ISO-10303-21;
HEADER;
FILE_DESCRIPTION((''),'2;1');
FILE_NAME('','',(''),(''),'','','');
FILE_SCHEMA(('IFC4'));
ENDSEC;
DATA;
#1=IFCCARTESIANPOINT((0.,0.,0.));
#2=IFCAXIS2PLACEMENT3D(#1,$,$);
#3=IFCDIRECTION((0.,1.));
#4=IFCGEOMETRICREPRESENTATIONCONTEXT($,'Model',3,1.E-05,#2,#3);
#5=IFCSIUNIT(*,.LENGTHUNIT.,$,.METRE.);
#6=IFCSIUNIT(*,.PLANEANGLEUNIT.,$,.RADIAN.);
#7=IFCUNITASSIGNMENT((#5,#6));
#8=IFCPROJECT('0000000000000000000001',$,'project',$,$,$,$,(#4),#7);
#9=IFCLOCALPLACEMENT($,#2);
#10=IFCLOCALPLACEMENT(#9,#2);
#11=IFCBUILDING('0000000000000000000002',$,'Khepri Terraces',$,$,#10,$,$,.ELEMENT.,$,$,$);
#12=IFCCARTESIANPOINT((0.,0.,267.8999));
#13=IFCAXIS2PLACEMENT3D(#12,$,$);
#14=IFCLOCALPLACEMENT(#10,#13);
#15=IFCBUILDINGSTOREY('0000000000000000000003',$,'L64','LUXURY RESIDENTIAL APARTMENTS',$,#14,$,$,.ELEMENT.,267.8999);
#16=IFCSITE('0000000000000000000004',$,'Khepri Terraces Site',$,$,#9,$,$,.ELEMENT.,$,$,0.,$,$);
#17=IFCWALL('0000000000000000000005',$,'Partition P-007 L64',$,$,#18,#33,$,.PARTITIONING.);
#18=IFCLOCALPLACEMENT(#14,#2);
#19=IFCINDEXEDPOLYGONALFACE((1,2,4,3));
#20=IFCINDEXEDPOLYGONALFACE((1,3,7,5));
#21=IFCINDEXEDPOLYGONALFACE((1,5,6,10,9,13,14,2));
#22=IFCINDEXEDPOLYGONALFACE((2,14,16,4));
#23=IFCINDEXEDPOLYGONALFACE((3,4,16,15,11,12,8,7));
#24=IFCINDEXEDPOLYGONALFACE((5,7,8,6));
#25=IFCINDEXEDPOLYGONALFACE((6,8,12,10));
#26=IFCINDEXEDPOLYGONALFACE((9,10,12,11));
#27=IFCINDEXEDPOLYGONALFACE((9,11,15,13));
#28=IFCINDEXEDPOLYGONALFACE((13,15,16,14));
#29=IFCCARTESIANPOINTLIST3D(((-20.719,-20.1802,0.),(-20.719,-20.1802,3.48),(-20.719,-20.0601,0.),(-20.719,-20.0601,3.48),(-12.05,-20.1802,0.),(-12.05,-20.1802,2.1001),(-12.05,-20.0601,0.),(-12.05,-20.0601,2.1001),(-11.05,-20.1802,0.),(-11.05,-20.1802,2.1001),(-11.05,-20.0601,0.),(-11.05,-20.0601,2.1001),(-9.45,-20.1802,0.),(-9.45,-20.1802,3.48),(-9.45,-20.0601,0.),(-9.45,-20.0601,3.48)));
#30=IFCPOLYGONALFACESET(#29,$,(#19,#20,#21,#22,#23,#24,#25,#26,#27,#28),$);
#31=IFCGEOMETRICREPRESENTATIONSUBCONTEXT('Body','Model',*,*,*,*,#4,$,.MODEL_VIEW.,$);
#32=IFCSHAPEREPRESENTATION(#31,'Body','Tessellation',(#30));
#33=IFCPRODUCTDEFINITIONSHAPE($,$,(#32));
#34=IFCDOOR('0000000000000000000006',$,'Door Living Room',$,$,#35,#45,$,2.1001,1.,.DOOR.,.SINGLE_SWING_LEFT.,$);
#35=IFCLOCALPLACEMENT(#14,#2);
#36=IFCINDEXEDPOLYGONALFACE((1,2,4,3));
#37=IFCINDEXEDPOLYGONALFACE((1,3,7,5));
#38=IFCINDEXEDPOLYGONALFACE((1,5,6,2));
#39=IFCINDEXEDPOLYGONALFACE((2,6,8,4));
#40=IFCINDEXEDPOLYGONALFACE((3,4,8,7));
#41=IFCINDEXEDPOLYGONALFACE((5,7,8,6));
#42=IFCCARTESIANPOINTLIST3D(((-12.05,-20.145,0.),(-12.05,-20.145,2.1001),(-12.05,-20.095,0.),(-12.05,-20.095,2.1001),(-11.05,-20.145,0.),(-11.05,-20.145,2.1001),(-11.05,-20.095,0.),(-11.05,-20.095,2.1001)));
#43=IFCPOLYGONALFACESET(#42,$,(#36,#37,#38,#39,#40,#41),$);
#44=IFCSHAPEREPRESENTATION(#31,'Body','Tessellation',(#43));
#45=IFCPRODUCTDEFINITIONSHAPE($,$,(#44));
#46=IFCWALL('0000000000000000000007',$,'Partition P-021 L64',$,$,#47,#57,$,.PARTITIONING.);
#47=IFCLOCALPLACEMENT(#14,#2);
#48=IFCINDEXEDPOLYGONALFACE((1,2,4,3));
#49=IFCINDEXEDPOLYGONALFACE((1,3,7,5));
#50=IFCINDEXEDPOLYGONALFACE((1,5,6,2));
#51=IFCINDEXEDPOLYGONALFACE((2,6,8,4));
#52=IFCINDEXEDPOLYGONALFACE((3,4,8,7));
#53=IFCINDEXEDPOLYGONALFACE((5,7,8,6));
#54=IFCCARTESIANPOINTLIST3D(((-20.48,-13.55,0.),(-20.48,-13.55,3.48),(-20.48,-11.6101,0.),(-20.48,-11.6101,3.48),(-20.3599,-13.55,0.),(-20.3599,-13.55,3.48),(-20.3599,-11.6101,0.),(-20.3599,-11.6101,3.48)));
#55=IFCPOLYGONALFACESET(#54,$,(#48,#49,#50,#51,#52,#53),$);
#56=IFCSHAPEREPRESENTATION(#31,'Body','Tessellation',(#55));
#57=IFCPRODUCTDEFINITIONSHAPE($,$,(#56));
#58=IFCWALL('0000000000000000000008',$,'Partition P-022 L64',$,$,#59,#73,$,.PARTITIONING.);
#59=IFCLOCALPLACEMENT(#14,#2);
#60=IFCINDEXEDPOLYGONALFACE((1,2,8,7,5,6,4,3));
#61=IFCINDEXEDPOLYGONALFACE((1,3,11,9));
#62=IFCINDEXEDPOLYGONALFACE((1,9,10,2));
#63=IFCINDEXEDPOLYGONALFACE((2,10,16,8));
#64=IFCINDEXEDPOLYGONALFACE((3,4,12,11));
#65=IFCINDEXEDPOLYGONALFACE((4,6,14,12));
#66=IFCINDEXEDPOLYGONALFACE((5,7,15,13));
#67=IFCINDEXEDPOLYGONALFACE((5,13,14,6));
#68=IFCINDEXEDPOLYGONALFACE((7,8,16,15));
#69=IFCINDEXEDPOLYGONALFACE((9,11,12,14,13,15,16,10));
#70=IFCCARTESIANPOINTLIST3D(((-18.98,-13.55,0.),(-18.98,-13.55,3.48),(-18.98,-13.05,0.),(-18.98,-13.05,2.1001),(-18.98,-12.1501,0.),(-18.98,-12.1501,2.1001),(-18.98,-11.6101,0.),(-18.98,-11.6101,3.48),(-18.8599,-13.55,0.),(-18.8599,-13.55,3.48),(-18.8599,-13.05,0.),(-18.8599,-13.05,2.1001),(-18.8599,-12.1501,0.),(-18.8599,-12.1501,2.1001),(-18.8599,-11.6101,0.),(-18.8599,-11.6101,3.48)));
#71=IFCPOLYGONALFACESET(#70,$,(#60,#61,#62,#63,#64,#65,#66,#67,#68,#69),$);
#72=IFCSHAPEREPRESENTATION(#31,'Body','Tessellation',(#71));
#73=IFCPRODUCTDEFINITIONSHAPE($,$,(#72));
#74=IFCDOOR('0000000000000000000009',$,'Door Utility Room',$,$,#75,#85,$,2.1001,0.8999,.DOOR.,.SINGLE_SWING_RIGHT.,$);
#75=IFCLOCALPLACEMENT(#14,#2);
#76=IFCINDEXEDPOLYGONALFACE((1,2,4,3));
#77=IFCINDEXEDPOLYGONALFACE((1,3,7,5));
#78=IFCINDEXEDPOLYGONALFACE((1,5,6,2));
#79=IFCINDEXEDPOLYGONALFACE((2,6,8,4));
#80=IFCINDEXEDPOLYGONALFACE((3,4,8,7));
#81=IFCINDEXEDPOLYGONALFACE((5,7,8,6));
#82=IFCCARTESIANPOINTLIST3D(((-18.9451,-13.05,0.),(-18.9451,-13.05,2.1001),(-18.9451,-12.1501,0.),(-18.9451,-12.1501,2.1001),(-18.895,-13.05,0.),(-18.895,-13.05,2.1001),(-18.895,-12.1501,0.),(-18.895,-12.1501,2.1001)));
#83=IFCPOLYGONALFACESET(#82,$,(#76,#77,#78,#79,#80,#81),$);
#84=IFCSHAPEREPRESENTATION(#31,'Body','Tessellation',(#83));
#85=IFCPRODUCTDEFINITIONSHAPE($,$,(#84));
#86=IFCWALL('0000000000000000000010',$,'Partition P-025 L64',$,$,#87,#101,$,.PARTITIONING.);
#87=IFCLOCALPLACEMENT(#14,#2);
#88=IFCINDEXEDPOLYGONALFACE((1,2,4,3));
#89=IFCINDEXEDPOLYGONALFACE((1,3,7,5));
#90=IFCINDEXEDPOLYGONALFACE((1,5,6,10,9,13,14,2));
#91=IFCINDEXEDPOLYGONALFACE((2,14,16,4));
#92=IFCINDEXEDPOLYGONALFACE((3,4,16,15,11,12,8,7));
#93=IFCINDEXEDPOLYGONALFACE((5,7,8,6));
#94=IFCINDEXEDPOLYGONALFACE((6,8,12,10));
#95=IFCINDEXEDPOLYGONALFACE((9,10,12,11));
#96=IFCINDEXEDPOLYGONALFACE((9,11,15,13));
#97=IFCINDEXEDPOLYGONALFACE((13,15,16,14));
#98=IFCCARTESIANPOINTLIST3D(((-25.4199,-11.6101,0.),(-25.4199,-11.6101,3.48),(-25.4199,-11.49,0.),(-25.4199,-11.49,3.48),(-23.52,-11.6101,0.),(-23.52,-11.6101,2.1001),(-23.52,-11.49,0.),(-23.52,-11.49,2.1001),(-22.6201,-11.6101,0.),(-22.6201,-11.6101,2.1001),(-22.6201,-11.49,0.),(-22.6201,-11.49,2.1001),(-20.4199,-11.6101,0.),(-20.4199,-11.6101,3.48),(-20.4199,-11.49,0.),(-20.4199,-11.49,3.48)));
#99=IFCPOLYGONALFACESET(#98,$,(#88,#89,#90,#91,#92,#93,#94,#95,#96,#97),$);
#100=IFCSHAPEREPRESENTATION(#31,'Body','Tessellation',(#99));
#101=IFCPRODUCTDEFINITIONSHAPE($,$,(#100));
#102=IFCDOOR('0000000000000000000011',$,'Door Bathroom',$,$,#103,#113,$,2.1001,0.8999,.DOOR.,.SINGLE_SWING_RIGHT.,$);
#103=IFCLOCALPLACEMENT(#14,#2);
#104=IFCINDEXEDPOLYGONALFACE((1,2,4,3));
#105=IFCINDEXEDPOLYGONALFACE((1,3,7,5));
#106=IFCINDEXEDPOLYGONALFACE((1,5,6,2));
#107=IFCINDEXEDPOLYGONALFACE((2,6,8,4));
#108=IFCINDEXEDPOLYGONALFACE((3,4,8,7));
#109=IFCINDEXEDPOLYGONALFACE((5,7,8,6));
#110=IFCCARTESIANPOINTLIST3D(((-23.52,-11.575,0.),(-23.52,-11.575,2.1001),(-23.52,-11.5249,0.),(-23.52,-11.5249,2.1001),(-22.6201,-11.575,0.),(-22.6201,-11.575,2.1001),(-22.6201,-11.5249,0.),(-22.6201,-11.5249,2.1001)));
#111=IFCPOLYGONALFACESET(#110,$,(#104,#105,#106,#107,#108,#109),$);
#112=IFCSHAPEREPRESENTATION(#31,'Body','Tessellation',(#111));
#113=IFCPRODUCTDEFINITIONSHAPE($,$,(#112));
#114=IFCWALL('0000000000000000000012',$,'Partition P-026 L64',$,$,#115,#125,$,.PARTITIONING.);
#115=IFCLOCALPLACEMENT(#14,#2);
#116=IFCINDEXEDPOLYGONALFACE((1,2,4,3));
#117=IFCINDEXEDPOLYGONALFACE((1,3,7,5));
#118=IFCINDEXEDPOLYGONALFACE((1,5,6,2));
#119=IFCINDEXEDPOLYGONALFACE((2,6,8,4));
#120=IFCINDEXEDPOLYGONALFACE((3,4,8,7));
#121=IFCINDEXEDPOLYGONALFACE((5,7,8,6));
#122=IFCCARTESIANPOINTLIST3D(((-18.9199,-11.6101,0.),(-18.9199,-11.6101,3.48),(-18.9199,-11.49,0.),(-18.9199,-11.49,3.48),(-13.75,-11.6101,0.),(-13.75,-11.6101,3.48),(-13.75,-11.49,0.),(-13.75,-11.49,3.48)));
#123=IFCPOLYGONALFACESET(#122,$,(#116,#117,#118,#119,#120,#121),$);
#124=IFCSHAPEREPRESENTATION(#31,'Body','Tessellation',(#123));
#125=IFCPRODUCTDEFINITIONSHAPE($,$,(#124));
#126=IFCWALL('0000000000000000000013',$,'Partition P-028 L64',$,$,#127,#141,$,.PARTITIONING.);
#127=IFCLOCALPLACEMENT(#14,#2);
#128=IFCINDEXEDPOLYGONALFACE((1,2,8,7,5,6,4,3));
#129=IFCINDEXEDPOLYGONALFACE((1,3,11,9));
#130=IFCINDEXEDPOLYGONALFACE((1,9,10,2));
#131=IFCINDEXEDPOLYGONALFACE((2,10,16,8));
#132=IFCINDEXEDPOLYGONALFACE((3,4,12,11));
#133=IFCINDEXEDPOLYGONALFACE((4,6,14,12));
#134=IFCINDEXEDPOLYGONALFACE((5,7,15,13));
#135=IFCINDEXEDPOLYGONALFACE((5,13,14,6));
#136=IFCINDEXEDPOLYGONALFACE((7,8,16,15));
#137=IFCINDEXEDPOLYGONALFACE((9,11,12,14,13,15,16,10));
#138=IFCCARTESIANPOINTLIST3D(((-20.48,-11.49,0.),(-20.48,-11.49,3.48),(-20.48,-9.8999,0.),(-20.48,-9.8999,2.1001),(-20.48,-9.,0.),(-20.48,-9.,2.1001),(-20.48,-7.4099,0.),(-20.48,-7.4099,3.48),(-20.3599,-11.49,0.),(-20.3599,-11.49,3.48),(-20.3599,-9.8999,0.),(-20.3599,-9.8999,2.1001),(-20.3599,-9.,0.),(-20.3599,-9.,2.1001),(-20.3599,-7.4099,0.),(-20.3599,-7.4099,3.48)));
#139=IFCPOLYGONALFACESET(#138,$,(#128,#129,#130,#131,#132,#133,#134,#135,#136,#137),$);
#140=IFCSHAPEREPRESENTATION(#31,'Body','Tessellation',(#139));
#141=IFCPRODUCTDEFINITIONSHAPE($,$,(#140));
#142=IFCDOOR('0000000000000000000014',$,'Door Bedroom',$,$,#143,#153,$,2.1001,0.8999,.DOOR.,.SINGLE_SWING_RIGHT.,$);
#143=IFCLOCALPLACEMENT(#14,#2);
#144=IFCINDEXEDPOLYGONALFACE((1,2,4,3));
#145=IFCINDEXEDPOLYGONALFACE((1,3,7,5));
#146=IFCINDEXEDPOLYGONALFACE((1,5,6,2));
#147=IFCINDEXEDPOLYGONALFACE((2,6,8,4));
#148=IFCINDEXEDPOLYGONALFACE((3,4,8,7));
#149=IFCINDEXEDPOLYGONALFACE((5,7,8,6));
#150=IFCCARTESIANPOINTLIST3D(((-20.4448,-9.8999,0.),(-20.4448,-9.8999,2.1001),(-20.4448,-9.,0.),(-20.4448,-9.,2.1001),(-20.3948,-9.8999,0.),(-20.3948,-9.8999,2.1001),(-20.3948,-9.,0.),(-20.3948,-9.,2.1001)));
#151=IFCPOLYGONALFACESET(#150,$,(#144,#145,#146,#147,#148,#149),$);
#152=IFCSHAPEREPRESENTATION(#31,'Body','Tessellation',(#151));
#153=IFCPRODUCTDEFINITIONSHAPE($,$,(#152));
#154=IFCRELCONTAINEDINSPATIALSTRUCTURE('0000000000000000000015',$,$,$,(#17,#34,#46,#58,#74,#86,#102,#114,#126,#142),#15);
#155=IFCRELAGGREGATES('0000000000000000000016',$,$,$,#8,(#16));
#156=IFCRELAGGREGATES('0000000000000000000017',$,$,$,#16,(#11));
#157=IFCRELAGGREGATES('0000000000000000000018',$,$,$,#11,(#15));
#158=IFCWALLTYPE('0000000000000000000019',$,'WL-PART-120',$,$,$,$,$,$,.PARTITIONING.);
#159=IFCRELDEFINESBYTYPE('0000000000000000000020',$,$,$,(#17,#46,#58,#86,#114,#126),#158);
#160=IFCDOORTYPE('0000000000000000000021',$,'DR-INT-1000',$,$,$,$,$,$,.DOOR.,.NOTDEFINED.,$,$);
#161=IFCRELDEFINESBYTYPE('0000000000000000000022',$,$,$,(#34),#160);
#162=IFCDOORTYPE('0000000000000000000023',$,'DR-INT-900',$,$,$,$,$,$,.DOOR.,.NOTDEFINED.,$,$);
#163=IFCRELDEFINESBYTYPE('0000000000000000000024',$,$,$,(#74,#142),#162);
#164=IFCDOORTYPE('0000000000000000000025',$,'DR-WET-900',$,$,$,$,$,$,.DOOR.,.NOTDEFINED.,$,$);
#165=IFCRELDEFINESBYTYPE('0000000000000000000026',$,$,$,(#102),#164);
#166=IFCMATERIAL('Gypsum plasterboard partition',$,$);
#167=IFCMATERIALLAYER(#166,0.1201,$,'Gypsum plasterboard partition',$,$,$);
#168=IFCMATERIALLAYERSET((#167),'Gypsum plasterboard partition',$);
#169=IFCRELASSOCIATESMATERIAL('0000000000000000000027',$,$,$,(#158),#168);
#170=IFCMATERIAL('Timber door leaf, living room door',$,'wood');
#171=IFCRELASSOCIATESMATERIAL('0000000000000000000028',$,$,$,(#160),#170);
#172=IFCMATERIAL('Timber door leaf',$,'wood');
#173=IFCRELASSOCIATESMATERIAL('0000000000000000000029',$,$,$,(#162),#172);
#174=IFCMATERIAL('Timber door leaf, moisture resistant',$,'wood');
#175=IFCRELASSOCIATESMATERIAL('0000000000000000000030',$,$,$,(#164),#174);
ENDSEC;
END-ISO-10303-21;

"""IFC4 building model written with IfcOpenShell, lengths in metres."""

from ifc_helpers import new_model, si_unit, direction, frame, frame_2d, origin, place, context, subcontext, project, spatial, rectangle, extrude, material, layer, layer_set, type_object, element, fill, save


model = new_model("IFC4")

# Units and contexts
model_context = context("Model", 3, precision=1e-05, world=origin(), true_north=direction((0.0, 1.0)))
body_context = subcontext(model_context, "Body", "Model", "MODEL_VIEW")
ifc_project = project(units=[si_unit("LENGTHUNIT", "METRE"), si_unit("PLANEANGLEUNIT", "RADIAN")], contexts=[model_context])

# Site, building, storey
site_placement = place(None, origin())
site = spatial("IfcSite", under=ifc_project, at=site_placement, Name="Khepri Terraces Site", CompositionType="ELEMENT", RefElevation=0.0)
building_placement = place(site_placement, origin())
building = spatial("IfcBuilding", under=site, at=building_placement, Name="Khepri Terraces", CompositionType="ELEMENT")
storey_placement = place(building_placement, frame((0.0, 0.0, 267.8999)))
storey = spatial("IfcBuildingStorey", under=building, at=storey_placement, Name="L64", Description="LUXURY RESIDENTIAL APARTMENTS", CompositionType="ELEMENT", Elevation=267.8999)

# Shared definitions
ifc_material_1 = material(Name="Gypsum plasterboard partition")
ifc_layer_1 = layer(ifc_material_1, 0.1201, Name="Gypsum plasterboard partition")
ifc_layer_set_1 = layer_set([ifc_layer_1], Name="Gypsum plasterboard partition")
wall_type_1 = type_object("IfcWallType", Name="WL-PART-120", PredefinedType="PARTITIONING", material=ifc_layer_set_1)

# Wall, opening, door
wall_1_placement = place(storey_placement, frame((-20.719, -20.1201, 0.0), z_axis=(0.0, 0.0, 1.0), x_axis=(1.0, 0.0, 0.0)))
wall_1 = element("IfcWall", 1, at=wall_1_placement, inside=storey, type_object=wall_type_1, Name="Partition P-007 L64", PredefinedType="PARTITIONING", context=body_context, shape_type="SweptSolid", body=[
    extrude(rectangle(XDim=11.269, YDim=0.1201, at=frame_2d((5.6345, 0.0))), origin(), (0.0, 0.0, 1.0), 3.48),
])
opening_1_placement = place(wall_1_placement, frame((8.6689, 0.0, 0.0)))
opening_1 = element("IfcOpeningElement", 2, at=opening_1_placement, cuts=wall_1, PredefinedType="OPENING", context=body_context, shape_type="SweptSolid", body=[
    extrude(rectangle(XDim=1.0, YDim=2.1001, at=frame_2d((0.5, 1.05))), frame((0.0, 0.0701, 0.0), z_axis=(0.0, -1.0, 0.0), x_axis=(1.0, 0.0, 0.0)), (0.0, 0.0, 1.0), 0.1401),
])
ifc_material_2 = material(Name="Timber door leaf, living room door", Category="wood")
door_type_1 = type_object("IfcDoorType", Name="DR-INT-1000", OperationType="NOTDEFINED", PredefinedType="DOOR", material=ifc_material_2)
door_1_placement = place(opening_1_placement, frame((1.0, 0.0, 0.0), z_axis=(0.0, 0.0, 1.0), x_axis=(-1.0, 0.0, 0.0)))
door_1 = element("IfcDoor", 3, at=door_1_placement, inside=storey, type_object=door_type_1, Name="Door Living Room", OperationType="SINGLE_SWING_LEFT", OverallHeight=2.1001, OverallWidth=1.0, PredefinedType="DOOR", context=body_context, shape_type="SweptSolid", body=[
    extrude(rectangle(XDim=1.0, YDim=2.1001, at=frame_2d((0.5, 1.05))), frame((0.0, 0.0249, 0.0), z_axis=(0.0, -1.0, 0.0), x_axis=(1.0, 0.0, 0.0)), (0.0, 0.0, 1.0), 0.05),
])
fill(opening_1, door_1)

# Wall
wall_2_placement = place(storey_placement, frame((-20.4199, -13.55, 0.0), z_axis=(0.0, 0.0, 1.0), x_axis=(0.0, 1.0, 0.0)))
element("IfcWall", 4, at=wall_2_placement, inside=storey, type_object=wall_type_1, Name="Partition P-021 L64", PredefinedType="PARTITIONING", context=body_context, shape_type="SweptSolid", body=[
    extrude(rectangle(XDim=1.9399, YDim=0.1201, at=frame_2d((0.97, 0.0))), origin(), (0.0, 0.0, 1.0), 3.48),
])

# Walls, openings, doors
wall_3_placement = place(storey_placement, frame((-18.9199, -13.55, 0.0), z_axis=(0.0, 0.0, 1.0), x_axis=(0.0, 1.0, 0.0)))
wall_3 = element("IfcWall", 5, at=wall_3_placement, inside=storey, type_object=wall_type_1, Name="Partition P-022 L64", PredefinedType="PARTITIONING", context=body_context, shape_type="SweptSolid", body=[
    extrude(rectangle(XDim=1.9399, YDim=0.1201, at=frame_2d((0.97, 0.0))), origin(), (0.0, 0.0, 1.0), 3.48),
])
opening_2_placement = place(wall_3_placement, frame((0.5, 0.0, 0.0)))
opening_2 = element("IfcOpeningElement", 6, at=opening_2_placement, cuts=wall_3, PredefinedType="OPENING", context=body_context, shape_type="SweptSolid", body=[
    extrude(rectangle(XDim=0.8999, YDim=2.1001, at=frame_2d((0.45, 1.05))), frame((0.0, 0.0701, 0.0), z_axis=(0.0, -1.0, 0.0), x_axis=(1.0, 0.0, 0.0)), (0.0, 0.0, 1.0), 0.1401),
])
ifc_material_3 = material(Name="Timber door leaf", Category="wood")
door_type_2 = type_object("IfcDoorType", Name="DR-INT-900", OperationType="NOTDEFINED", PredefinedType="DOOR", material=ifc_material_3)
door_2_placement = place(opening_2_placement, frame((0.8999, 0.0, 0.0), z_axis=(0.0, 0.0, 1.0), x_axis=(-1.0, 0.0, 0.0)))
door_2 = element("IfcDoor", 7, at=door_2_placement, inside=storey, type_object=door_type_2, Name="Door Utility Room", OperationType="SINGLE_SWING_RIGHT", OverallHeight=2.1001, OverallWidth=0.8999, PredefinedType="DOOR", context=body_context, shape_type="SweptSolid", body=[
    extrude(rectangle(XDim=0.8999, YDim=2.1001, at=frame_2d((0.45, 1.05))), frame((0.0, 0.0249, 0.0), z_axis=(0.0, -1.0, 0.0), x_axis=(1.0, 0.0, 0.0)), (0.0, 0.0, 1.0), 0.05),
])
fill(opening_2, door_2)
wall_4_placement = place(storey_placement, frame((-25.4199, -11.55, 0.0), z_axis=(0.0, 0.0, 1.0), x_axis=(1.0, 0.0, 0.0)))
wall_4 = element("IfcWall", 8, at=wall_4_placement, inside=storey, type_object=wall_type_1, Name="Partition P-025 L64", PredefinedType="PARTITIONING", context=body_context, shape_type="SweptSolid", body=[
    extrude(rectangle(XDim=5.0, YDim=0.1201, at=frame_2d((2.5, 0.0))), origin(), (0.0, 0.0, 1.0), 3.48),
])
opening_3_placement = place(wall_4_placement, frame((1.8999, 0.0, 0.0)))
opening_3 = element("IfcOpeningElement", 9, at=opening_3_placement, cuts=wall_4, PredefinedType="OPENING", context=body_context, shape_type="SweptSolid", body=[
    extrude(rectangle(XDim=0.8999, YDim=2.1001, at=frame_2d((0.45, 1.05))), frame((0.0, 0.0701, 0.0), z_axis=(0.0, -1.0, 0.0), x_axis=(1.0, 0.0, 0.0)), (0.0, 0.0, 1.0), 0.1401),
])
ifc_material_4 = material(Name="Timber door leaf, moisture resistant", Category="wood")
door_type_3 = type_object("IfcDoorType", Name="DR-WET-900", OperationType="NOTDEFINED", PredefinedType="DOOR", material=ifc_material_4)
door_3_placement = place(opening_3_placement, frame((0.8999, 0.0, 0.0), z_axis=(0.0, 0.0, 1.0), x_axis=(-1.0, 0.0, 0.0)))
door_3 = element("IfcDoor", 10, at=door_3_placement, inside=storey, type_object=door_type_3, Name="Door Bathroom", OperationType="SINGLE_SWING_RIGHT", OverallHeight=2.1001, OverallWidth=0.8999, PredefinedType="DOOR", context=body_context, shape_type="SweptSolid", body=[
    extrude(rectangle(XDim=0.8999, YDim=2.1001, at=frame_2d((0.45, 1.05))), frame((0.0, 0.0249, 0.0), z_axis=(0.0, -1.0, 0.0), x_axis=(1.0, 0.0, 0.0)), (0.0, 0.0, 1.0), 0.05),
])
fill(opening_3, door_3)

# Wall
wall_5_placement = place(storey_placement, frame((-18.9199, -11.55, 0.0), z_axis=(0.0, 0.0, 1.0), x_axis=(1.0, 0.0, 0.0)))
element("IfcWall", 11, at=wall_5_placement, inside=storey, type_object=wall_type_1, Name="Partition P-026 L64", PredefinedType="PARTITIONING", context=body_context, shape_type="SweptSolid", body=[
    extrude(rectangle(XDim=5.1699, YDim=0.1201, at=frame_2d((2.585, 0.0))), origin(), (0.0, 0.0, 1.0), 3.48),
])

# Wall, opening, door
wall_6_placement = place(storey_placement, frame((-20.4199, -11.49, 0.0), z_axis=(0.0, 0.0, 1.0), x_axis=(0.0, 1.0, 0.0)))
wall_6 = element("IfcWall", 12, at=wall_6_placement, inside=storey, type_object=wall_type_1, Name="Partition P-028 L64", PredefinedType="PARTITIONING", context=body_context, shape_type="SweptSolid", body=[
    extrude(rectangle(XDim=4.0801, YDim=0.1201, at=frame_2d((2.04, 0.0))), origin(), (0.0, 0.0, 1.0), 3.48),
])
opening_4_placement = place(wall_6_placement, frame((1.5901, 0.0, 0.0)))
opening_4 = element("IfcOpeningElement", 13, at=opening_4_placement, cuts=wall_6, PredefinedType="OPENING", context=body_context, shape_type="SweptSolid", body=[
    extrude(rectangle(XDim=0.8999, YDim=2.1001, at=frame_2d((0.45, 1.05))), frame((0.0, 0.0701, 0.0), z_axis=(0.0, -1.0, 0.0), x_axis=(1.0, 0.0, 0.0)), (0.0, 0.0, 1.0), 0.1401),
])
door_4_placement = place(opening_4_placement, origin())
door_4 = element("IfcDoor", 14, at=door_4_placement, inside=storey, type_object=door_type_2, Name="Door Bedroom", OperationType="SINGLE_SWING_RIGHT", OverallHeight=2.1001, OverallWidth=0.8999, PredefinedType="DOOR", context=body_context, shape_type="SweptSolid", body=[
    extrude(rectangle(XDim=0.8999, YDim=2.1001, at=frame_2d((0.45, 1.05))), frame((0.0, 0.0249, 0.0), z_axis=(0.0, -1.0, 0.0), x_axis=(1.0, 0.0, 0.0)), (0.0, 0.0, 1.0), 0.05),
])
fill(opening_4, door_4)

save(model, "model.ifc")
